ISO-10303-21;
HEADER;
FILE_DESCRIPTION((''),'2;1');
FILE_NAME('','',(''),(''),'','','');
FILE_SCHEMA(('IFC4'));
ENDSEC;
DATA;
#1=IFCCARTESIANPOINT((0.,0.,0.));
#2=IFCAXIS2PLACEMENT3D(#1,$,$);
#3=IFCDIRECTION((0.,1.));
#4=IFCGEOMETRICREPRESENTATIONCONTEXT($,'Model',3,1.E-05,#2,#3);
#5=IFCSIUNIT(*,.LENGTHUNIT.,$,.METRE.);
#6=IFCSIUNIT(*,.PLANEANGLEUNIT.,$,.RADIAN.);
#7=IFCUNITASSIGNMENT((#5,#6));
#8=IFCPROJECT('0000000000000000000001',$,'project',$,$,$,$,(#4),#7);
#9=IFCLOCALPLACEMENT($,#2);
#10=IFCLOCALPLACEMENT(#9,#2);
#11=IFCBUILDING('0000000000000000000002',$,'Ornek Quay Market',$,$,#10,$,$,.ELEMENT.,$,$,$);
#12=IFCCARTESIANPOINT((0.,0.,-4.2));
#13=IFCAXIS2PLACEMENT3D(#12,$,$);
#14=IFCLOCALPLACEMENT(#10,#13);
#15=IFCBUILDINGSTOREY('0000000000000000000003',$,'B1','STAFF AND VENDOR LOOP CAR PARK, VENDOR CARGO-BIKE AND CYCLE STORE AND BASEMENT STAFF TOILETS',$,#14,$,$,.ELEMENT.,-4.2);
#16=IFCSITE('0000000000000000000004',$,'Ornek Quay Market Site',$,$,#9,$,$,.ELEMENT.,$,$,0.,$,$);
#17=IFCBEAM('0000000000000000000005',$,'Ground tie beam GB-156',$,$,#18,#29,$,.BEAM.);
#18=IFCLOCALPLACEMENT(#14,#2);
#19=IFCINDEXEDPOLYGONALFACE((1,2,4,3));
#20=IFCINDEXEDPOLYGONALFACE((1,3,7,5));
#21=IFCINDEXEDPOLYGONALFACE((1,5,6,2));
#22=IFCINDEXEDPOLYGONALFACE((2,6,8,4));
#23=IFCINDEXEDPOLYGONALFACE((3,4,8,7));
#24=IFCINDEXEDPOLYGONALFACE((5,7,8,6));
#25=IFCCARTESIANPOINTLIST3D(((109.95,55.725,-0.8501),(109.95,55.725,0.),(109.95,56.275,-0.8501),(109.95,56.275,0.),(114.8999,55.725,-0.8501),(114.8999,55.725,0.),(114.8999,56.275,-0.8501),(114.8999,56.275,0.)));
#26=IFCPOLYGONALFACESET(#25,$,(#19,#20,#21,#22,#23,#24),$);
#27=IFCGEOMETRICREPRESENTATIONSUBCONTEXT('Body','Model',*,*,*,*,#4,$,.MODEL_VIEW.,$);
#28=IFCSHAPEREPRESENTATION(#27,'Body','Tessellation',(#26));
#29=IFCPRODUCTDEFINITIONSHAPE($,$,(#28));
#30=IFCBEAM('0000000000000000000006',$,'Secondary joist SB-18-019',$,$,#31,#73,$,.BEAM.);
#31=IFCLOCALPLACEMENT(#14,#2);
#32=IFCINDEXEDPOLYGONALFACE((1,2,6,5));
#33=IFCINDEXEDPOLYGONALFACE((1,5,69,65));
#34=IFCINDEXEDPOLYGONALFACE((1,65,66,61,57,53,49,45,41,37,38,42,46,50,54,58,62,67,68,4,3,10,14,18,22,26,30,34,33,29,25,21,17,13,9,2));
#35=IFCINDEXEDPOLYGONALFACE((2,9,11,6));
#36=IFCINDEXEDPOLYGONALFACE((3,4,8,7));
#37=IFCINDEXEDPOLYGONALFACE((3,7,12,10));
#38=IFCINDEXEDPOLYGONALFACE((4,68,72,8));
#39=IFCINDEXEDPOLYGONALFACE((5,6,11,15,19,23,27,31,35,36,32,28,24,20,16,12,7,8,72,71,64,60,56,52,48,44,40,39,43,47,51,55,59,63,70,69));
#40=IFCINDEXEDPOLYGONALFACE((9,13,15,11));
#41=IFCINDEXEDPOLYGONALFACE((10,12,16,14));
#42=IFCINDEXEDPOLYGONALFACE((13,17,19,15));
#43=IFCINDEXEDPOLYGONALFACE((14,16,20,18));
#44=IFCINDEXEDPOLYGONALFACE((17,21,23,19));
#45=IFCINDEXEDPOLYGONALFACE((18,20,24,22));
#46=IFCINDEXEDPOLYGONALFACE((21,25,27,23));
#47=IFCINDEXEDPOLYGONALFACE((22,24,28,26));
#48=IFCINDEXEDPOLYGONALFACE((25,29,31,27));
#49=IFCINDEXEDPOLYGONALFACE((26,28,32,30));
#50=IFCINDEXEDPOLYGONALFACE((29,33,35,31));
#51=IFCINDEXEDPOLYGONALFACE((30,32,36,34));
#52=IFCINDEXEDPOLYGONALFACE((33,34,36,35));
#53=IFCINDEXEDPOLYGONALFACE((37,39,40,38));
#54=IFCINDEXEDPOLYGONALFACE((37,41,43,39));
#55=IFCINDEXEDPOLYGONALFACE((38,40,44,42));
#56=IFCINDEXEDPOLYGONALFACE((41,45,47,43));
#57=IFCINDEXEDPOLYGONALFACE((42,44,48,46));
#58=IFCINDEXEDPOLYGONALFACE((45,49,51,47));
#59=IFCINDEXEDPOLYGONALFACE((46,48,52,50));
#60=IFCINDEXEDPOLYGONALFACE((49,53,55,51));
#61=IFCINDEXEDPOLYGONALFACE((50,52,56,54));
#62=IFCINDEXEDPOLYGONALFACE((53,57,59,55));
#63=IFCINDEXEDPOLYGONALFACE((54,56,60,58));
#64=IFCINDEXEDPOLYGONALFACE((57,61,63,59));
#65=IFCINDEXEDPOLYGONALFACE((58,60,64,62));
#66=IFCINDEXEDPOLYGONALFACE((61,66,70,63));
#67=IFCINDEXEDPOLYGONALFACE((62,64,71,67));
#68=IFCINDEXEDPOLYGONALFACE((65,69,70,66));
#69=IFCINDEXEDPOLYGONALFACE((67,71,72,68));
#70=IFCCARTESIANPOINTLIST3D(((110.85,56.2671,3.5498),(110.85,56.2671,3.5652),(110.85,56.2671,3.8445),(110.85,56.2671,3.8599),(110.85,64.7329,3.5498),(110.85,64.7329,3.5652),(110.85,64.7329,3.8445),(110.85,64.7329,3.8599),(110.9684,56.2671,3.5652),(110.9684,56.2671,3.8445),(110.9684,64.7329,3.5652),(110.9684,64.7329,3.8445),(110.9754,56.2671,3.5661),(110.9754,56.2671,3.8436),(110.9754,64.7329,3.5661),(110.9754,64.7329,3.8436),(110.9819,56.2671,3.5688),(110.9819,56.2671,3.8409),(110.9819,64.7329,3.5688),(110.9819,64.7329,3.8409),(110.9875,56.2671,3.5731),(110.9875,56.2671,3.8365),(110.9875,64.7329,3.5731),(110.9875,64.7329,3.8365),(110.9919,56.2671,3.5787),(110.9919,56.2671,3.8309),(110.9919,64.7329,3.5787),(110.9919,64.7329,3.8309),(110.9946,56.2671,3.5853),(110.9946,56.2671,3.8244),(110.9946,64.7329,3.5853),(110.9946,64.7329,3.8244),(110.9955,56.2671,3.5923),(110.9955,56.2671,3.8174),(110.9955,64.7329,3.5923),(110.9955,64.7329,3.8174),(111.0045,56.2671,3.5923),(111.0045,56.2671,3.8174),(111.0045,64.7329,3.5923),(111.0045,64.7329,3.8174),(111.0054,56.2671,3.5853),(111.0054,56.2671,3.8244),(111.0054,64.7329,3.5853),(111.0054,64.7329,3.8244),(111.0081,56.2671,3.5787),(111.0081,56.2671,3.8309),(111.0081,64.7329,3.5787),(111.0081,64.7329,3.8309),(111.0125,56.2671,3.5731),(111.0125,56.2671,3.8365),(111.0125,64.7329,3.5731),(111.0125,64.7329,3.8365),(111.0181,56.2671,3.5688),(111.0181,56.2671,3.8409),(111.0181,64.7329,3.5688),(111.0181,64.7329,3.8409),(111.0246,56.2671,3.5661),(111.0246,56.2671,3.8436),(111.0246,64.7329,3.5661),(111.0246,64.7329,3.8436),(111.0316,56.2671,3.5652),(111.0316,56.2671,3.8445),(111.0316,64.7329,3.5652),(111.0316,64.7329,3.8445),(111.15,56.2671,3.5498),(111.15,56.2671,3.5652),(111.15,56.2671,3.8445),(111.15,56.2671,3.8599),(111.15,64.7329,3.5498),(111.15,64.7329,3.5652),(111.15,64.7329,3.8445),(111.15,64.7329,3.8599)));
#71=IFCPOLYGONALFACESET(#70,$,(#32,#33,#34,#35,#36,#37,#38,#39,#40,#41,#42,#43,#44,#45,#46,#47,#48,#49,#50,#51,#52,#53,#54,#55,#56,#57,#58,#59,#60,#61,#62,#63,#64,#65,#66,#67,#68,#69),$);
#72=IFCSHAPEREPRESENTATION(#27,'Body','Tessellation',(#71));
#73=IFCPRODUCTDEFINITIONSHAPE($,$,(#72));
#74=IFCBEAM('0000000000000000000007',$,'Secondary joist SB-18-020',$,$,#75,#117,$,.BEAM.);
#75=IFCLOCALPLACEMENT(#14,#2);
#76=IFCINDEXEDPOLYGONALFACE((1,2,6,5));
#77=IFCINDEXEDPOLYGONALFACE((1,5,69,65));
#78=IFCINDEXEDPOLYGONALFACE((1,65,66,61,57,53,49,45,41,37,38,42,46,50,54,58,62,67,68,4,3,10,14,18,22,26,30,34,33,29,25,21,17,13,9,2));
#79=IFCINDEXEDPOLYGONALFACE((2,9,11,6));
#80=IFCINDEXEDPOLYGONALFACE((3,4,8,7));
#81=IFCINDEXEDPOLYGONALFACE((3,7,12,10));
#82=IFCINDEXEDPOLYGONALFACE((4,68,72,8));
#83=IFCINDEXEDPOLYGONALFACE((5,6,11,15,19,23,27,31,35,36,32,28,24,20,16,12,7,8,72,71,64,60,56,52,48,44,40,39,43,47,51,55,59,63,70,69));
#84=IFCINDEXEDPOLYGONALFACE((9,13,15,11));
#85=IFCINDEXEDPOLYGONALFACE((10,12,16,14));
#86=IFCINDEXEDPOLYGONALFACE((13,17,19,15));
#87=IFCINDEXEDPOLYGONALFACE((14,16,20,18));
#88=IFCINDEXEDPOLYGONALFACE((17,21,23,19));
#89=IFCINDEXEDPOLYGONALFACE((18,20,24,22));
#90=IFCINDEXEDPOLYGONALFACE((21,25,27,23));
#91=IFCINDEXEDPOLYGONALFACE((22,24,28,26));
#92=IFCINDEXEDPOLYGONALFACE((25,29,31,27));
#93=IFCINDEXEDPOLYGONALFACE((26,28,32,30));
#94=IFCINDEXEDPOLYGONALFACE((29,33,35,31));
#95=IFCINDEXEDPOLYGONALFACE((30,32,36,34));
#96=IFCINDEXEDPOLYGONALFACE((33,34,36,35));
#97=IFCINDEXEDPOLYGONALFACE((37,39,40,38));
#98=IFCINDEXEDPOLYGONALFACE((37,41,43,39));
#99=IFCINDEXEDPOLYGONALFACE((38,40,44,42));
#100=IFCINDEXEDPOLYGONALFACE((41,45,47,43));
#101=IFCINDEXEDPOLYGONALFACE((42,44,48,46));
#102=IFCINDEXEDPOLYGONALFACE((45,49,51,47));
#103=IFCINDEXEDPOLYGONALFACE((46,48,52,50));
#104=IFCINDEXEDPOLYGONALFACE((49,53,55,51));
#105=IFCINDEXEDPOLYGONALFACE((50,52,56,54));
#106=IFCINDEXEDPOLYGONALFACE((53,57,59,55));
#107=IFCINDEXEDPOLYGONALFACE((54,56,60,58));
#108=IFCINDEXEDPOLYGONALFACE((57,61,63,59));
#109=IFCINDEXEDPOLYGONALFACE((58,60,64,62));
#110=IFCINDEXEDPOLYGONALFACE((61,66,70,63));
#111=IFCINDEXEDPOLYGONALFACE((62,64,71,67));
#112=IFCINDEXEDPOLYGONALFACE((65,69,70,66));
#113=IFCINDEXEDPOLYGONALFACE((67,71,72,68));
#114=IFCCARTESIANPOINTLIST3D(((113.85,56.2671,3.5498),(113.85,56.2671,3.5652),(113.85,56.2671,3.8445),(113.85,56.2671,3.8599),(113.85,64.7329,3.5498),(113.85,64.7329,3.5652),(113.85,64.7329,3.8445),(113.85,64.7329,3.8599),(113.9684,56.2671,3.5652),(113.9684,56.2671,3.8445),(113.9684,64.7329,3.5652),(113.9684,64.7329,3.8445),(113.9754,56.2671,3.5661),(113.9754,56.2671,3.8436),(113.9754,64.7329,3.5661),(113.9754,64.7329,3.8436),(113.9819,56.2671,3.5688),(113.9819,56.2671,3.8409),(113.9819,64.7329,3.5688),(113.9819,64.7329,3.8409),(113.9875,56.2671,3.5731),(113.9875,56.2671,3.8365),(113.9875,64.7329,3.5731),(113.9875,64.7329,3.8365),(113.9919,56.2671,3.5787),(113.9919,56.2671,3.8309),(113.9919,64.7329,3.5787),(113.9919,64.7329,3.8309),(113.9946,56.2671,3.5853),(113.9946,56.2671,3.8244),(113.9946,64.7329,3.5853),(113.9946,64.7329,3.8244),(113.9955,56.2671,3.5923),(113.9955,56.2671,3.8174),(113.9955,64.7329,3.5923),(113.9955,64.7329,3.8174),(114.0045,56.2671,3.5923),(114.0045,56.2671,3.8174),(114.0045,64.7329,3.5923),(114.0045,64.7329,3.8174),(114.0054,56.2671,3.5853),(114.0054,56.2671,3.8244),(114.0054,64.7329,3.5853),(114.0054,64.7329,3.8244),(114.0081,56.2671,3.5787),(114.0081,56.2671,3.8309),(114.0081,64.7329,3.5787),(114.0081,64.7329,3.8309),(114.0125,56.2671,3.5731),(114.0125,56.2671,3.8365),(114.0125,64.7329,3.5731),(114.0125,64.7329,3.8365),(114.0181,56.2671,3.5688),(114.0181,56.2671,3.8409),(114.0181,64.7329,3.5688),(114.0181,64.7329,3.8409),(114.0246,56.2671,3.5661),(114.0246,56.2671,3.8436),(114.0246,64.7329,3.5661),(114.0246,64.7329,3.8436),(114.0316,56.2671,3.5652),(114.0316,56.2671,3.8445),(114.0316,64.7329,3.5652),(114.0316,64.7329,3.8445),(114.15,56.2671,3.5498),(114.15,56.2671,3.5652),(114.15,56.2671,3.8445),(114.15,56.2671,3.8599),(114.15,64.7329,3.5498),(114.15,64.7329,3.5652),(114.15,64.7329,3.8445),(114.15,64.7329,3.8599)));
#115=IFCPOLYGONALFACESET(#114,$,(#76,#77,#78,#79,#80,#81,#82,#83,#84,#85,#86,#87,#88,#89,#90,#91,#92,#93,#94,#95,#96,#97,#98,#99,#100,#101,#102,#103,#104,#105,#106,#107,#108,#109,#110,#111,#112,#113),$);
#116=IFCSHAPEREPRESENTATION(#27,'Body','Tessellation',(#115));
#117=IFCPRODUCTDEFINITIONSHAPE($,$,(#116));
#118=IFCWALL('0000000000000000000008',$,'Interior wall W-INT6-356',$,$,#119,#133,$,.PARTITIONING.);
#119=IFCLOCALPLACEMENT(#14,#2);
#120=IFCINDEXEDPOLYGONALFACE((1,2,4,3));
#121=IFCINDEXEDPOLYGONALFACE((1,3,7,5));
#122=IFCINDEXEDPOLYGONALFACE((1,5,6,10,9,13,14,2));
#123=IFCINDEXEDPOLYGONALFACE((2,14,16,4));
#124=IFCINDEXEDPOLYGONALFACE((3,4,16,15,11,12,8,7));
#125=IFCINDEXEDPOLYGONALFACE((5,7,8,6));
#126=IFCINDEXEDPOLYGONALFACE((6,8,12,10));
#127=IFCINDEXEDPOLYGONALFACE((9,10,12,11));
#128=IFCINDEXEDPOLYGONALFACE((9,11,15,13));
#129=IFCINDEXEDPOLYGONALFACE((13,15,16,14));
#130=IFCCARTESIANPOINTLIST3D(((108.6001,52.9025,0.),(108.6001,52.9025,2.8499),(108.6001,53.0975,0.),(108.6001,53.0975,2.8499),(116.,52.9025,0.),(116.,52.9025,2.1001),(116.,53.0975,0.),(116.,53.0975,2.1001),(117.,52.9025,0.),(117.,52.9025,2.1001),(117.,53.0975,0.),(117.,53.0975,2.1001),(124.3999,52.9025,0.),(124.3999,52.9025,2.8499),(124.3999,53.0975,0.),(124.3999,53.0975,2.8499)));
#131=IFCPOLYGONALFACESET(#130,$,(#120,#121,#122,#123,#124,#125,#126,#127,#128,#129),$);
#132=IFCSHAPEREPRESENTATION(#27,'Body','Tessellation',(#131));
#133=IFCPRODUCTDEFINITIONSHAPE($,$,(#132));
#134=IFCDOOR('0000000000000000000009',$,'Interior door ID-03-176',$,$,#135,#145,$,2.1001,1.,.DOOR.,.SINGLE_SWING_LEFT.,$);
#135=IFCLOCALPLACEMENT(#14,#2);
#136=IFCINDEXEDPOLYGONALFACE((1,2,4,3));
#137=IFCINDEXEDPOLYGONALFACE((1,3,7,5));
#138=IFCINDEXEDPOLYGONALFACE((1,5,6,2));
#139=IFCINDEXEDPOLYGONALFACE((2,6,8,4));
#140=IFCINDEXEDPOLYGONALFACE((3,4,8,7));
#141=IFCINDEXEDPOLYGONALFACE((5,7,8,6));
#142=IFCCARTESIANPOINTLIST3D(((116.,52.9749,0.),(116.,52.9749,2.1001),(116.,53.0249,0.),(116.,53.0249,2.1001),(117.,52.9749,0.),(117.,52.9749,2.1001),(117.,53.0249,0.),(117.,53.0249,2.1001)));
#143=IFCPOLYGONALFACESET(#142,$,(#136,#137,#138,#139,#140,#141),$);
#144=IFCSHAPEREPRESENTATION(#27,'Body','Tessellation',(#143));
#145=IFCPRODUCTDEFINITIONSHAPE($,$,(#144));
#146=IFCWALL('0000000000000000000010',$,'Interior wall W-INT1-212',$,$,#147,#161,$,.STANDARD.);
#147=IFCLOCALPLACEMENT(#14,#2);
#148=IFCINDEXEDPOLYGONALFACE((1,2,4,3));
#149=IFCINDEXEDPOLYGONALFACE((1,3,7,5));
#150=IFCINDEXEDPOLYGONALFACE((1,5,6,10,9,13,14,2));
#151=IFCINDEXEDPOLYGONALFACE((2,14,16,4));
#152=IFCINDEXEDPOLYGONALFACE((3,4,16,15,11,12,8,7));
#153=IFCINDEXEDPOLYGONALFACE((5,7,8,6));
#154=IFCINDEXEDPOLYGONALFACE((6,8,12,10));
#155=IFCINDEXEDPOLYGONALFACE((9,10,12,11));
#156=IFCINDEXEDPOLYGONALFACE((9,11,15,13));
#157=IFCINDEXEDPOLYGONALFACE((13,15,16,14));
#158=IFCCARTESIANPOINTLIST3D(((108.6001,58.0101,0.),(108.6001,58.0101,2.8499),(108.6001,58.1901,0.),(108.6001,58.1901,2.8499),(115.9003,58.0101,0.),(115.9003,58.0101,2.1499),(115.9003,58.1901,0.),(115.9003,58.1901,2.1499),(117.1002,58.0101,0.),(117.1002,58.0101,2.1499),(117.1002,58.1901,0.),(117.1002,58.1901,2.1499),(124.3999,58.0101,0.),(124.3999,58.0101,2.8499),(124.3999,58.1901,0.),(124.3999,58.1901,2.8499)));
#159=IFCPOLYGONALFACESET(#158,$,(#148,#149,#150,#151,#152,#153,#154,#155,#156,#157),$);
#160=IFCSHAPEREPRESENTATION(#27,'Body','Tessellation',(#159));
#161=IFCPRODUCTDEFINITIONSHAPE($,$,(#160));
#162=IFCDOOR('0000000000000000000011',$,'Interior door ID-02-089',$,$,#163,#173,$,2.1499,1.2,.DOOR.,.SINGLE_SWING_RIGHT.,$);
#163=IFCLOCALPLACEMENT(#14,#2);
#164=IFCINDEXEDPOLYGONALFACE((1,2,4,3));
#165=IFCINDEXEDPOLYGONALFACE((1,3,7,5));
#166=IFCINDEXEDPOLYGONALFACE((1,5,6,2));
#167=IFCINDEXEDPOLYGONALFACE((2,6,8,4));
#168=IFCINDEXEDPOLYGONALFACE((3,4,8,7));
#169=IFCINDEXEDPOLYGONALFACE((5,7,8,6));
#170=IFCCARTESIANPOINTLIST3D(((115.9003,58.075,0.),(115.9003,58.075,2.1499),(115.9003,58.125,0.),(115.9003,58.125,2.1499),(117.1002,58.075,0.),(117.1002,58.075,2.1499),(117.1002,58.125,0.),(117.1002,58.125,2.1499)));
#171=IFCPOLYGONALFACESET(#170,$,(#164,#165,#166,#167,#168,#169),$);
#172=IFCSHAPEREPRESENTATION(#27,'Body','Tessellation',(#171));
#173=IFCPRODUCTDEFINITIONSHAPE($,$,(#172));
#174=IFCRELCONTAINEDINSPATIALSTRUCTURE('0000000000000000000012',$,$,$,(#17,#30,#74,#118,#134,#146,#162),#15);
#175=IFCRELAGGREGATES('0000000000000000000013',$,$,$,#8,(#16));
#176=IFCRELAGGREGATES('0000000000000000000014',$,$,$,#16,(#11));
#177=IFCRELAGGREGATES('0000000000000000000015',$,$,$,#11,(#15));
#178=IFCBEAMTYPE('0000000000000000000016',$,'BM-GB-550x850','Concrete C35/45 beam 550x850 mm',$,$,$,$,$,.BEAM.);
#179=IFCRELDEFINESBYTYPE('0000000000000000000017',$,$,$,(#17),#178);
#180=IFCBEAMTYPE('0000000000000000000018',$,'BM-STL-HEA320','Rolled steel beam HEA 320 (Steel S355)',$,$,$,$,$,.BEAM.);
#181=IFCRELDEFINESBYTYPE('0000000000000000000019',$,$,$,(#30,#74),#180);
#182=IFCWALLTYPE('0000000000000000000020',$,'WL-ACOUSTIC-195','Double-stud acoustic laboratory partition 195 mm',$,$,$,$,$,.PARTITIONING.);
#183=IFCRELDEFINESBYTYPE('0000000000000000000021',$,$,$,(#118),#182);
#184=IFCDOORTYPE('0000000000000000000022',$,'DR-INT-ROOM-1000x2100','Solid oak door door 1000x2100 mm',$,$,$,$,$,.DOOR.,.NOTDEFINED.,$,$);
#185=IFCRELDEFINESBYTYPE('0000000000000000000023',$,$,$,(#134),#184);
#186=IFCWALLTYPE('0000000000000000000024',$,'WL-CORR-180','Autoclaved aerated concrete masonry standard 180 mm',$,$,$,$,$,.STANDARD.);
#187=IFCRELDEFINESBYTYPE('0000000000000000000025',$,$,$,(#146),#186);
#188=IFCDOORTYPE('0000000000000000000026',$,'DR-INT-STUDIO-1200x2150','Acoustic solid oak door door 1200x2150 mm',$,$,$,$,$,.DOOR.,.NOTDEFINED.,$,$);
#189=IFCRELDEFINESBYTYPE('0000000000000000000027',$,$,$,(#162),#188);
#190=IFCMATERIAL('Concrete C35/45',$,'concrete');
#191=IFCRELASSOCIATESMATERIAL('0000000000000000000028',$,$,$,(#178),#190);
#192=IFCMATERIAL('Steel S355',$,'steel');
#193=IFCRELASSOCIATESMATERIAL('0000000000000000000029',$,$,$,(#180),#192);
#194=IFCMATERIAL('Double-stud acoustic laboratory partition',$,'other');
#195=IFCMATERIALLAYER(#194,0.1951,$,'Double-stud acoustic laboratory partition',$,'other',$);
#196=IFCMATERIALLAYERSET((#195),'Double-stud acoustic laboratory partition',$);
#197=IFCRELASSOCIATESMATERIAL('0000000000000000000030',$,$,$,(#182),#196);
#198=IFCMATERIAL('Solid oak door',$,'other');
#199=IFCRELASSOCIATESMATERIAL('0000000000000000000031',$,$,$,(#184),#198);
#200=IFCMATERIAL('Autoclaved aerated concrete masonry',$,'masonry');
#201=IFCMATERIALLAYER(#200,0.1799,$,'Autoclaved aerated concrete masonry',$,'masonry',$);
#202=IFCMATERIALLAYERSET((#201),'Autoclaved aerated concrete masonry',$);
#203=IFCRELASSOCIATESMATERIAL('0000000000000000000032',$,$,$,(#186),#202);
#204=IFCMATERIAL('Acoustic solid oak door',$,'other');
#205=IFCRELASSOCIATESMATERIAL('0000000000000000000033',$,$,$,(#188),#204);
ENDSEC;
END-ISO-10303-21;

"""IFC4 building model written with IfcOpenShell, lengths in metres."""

from ifc_helpers import new_model, si_unit, direction, frame, frame_2d, origin, origin_2d, place, context, subcontext, project, spatial, rectangle, i_section, extrude, material, layer, layer_set, material_profile, profile_set, type_object, element, fill, save


model = new_model("IFC4")

# Units and contexts
model_context = context("Model", 3, precision=1e-05, world=origin(), true_north=direction((0.0, 1.0)))
body_context = subcontext(model_context, "Body", "Model", "MODEL_VIEW")
ifc_project = project(units=[si_unit("LENGTHUNIT", "METRE"), si_unit("PLANEANGLEUNIT", "RADIAN")], contexts=[model_context])

# Site, building, storey
site_placement = place(None, origin())
site = spatial("IfcSite", under=ifc_project, at=site_placement, Name="Ornek Quay Market Site", CompositionType="ELEMENT", RefElevation=0.0)
building_placement = place(site_placement, origin())
building = spatial("IfcBuilding", under=site, at=building_placement, Name="Ornek Quay Market", CompositionType="ELEMENT")
storey_placement = place(building_placement, frame((0.0, 0.0, -4.2)))
storey = spatial("IfcBuildingStorey", under=building, at=storey_placement, Name="B1", Description="STAFF AND VENDOR LOOP CAR PARK, VENDOR CARGO-BIKE AND CYCLE STORE AND BASEMENT STAFF TOILETS", CompositionType="ELEMENT", Elevation=-4.2)

# Shared definitions
ifc_material_1 = material(Name="Concrete C35/45", Category="concrete")

# Beams
ifc_material_profile_1 = material_profile(ifc_material_1, rectangle(XDim=0.55, YDim=0.8501, at=origin_2d()), Name="RC 550x850", Category="concrete")
ifc_profile_set_1 = profile_set([ifc_material_profile_1], Name="Concrete C35/45")
beam_type_1 = type_object("IfcBeamType", Name="BM-GB-550x850", Description="Concrete C35/45 beam 550x850 mm", PredefinedType="BEAM", material=ifc_profile_set_1)
beam_1_placement = place(storey_placement, frame((109.95, 56.0, -0.425), z_axis=(1.0, 0.0, 0.0), x_axis=(0.0, 1.0, 0.0)))
element("IfcBeam", 1, at=beam_1_placement, inside=storey, type_object=beam_type_1, Name="Ground tie beam GB-156", PredefinedType="BEAM", context=body_context, shape_type="SweptSolid", body=[
    extrude(rectangle(XDim=0.55, YDim=0.8501, at=origin_2d()), origin(), (0.0, 0.0, 1.0), 4.95),
])
ifc_material_2 = material(Name="Steel S355", Category="steel")
ifc_material_profile_2 = material_profile(ifc_material_2, i_section(OverallWidth=0.3, OverallDepth=0.3101, WebThickness=0.009, FlangeThickness=0.0154, FilletRadius=0.0271, at=origin_2d()), Name="HEA 320", Category="steel")
ifc_profile_set_2 = profile_set([ifc_material_profile_2], Name="Steel S355")
beam_type_2 = type_object("IfcBeamType", Name="BM-STL-HEA320", Description="Rolled steel beam HEA 320 (Steel S355)", PredefinedType="BEAM", material=ifc_profile_set_2)
for number, where, z_axis, x_axis, name in (
    (2, (111.0, 56.2671, 3.7048), (0.0, 1.0, 0.0), (-1.0, 0.0, 0.0), "Secondary joist SB-18-019"),
    (3, (114.0, 56.2671, 3.7048), (0.0, 1.0, 0.0), (-1.0, 0.0, 0.0), "Secondary joist SB-18-020"),
):
    element("IfcBeam", number, at=place(storey_placement, frame(where, z_axis=z_axis, x_axis=x_axis)), inside=storey, type_object=beam_type_2, Name=name, PredefinedType="BEAM", context=body_context, shape_type="SweptSolid", body=[
        extrude(i_section(OverallWidth=0.3, OverallDepth=0.3101, WebThickness=0.009, FlangeThickness=0.0154, FilletRadius=0.0271, at=origin_2d()), origin(), (0.0, 0.0, 1.0), 8.4658),
    ])

# Walls, openings, doors
ifc_material_3 = material(Name="Double-stud acoustic laboratory partition", Category="other")
ifc_layer_1 = layer(ifc_material_3, 0.1951, Name="Double-stud acoustic laboratory partition", Category="other")
ifc_layer_set_1 = layer_set([ifc_layer_1], Name="Double-stud acoustic laboratory partition")
wall_type_1 = type_object("IfcWallType", Name="WL-ACOUSTIC-195", Description="Double-stud acoustic laboratory partition 195 mm", PredefinedType="PARTITIONING", material=ifc_layer_set_1)
wall_1_placement = place(storey_placement, frame((108.6001, 53.0, 0.0), z_axis=(0.0, 0.0, 1.0), x_axis=(1.0, 0.0, 0.0)))
wall_1 = element("IfcWall", 4, at=wall_1_placement, inside=storey, type_object=wall_type_1, Name="Interior wall W-INT6-356", PredefinedType="PARTITIONING", context=body_context, shape_type="SweptSolid", body=[
    extrude(rectangle(XDim=15.7998, YDim=0.1951, at=frame_2d((7.8999, 0.0))), origin(), (0.0, 0.0, 1.0), 2.8499),
])
opening_1_placement = place(wall_1_placement, frame((7.3999, 0.0, 0.0)))
opening_1 = element("IfcOpeningElement", 5, at=opening_1_placement, cuts=wall_1, PredefinedType="OPENING", context=body_context, shape_type="SweptSolid", body=[
    extrude(rectangle(XDim=1.0, YDim=2.1001, at=frame_2d((0.5, 1.05))), frame((0.0, 0.1074, 0.0), z_axis=(0.0, -1.0, 0.0), x_axis=(1.0, 0.0, 0.0)), (0.0, 0.0, 1.0), 0.2151),
])
ifc_material_4 = material(Name="Solid oak door", Category="other")
door_type_1 = type_object("IfcDoorType", Name="DR-INT-ROOM-1000x2100", Description="Solid oak door door 1000x2100 mm", OperationType="NOTDEFINED", PredefinedType="DOOR", material=ifc_material_4)
door_1_placement = place(opening_1_placement, origin())
door_1 = element("IfcDoor", 6, at=door_1_placement, inside=storey, type_object=door_type_1, Name="Interior door ID-03-176", OperationType="SINGLE_SWING_LEFT", OverallHeight=2.1001, OverallWidth=1.0, PredefinedType="DOOR", context=body_context, shape_type="SweptSolid", body=[
    extrude(rectangle(XDim=1.0, YDim=2.1001, at=frame_2d((0.5, 1.05))), frame((0.0, 0.0249, 0.0), z_axis=(0.0, -1.0, 0.0), x_axis=(1.0, 0.0, 0.0)), (0.0, 0.0, 1.0), 0.05),
])
fill(opening_1, door_1)
ifc_material_5 = material(Name="Autoclaved aerated concrete masonry", Category="masonry")
ifc_layer_2 = layer(ifc_material_5, 0.1799, Name="Autoclaved aerated concrete masonry", Category="masonry")
ifc_layer_set_2 = layer_set([ifc_layer_2], Name="Autoclaved aerated concrete masonry")
wall_type_2 = type_object("IfcWallType", Name="WL-CORR-180", Description="Autoclaved aerated concrete masonry standard 180 mm", PredefinedType="STANDARD", material=ifc_layer_set_2)
wall_2_placement = place(storey_placement, frame((108.6001, 58.1001, 0.0), z_axis=(0.0, 0.0, 1.0), x_axis=(1.0, 0.0, 0.0)))
wall_2 = element("IfcWall", 7, at=wall_2_placement, inside=storey, type_object=wall_type_2, Name="Interior wall W-INT1-212", PredefinedType="STANDARD", context=body_context, shape_type="SweptSolid", body=[
    extrude(rectangle(XDim=15.7998, YDim=0.1799, at=frame_2d((7.8999, 0.0))), origin(), (0.0, 0.0, 1.0), 2.8499),
])
opening_2_placement = place(wall_2_placement, frame((7.3, 0.0, 0.0)))
opening_2 = element("IfcOpeningElement", 8, at=opening_2_placement, cuts=wall_2, PredefinedType="OPENING", context=body_context, shape_type="SweptSolid", body=[
    extrude(rectangle(XDim=1.2, YDim=2.1499, at=frame_2d((0.6001, 1.075))), frame((0.0, 0.0999, 0.0), z_axis=(0.0, -1.0, 0.0), x_axis=(1.0, 0.0, 0.0)), (0.0, 0.0, 1.0), 0.2),
])
ifc_material_6 = material(Name="Acoustic solid oak door", Category="other")
door_type_2 = type_object("IfcDoorType", Name="DR-INT-STUDIO-1200x2150", Description="Acoustic solid oak door door 1200x2150 mm", OperationType="NOTDEFINED", PredefinedType="DOOR", material=ifc_material_6)
door_2_placement = place(opening_2_placement, origin())
door_2 = element("IfcDoor", 9, at=door_2_placement, inside=storey, type_object=door_type_2, Name="Interior door ID-02-089", OperationType="SINGLE_SWING_RIGHT", OverallHeight=2.1499, OverallWidth=1.2, PredefinedType="DOOR", context=body_context, shape_type="SweptSolid", body=[
    extrude(rectangle(XDim=1.2, YDim=2.1499, at=frame_2d((0.6001, 1.075))), frame((0.0, 0.0249, 0.0), z_axis=(0.0, -1.0, 0.0), x_axis=(1.0, 0.0, 0.0)), (0.0, 0.0, 1.0), 0.05),
])
fill(opening_2, door_2)

save(model, "model.ifc")
